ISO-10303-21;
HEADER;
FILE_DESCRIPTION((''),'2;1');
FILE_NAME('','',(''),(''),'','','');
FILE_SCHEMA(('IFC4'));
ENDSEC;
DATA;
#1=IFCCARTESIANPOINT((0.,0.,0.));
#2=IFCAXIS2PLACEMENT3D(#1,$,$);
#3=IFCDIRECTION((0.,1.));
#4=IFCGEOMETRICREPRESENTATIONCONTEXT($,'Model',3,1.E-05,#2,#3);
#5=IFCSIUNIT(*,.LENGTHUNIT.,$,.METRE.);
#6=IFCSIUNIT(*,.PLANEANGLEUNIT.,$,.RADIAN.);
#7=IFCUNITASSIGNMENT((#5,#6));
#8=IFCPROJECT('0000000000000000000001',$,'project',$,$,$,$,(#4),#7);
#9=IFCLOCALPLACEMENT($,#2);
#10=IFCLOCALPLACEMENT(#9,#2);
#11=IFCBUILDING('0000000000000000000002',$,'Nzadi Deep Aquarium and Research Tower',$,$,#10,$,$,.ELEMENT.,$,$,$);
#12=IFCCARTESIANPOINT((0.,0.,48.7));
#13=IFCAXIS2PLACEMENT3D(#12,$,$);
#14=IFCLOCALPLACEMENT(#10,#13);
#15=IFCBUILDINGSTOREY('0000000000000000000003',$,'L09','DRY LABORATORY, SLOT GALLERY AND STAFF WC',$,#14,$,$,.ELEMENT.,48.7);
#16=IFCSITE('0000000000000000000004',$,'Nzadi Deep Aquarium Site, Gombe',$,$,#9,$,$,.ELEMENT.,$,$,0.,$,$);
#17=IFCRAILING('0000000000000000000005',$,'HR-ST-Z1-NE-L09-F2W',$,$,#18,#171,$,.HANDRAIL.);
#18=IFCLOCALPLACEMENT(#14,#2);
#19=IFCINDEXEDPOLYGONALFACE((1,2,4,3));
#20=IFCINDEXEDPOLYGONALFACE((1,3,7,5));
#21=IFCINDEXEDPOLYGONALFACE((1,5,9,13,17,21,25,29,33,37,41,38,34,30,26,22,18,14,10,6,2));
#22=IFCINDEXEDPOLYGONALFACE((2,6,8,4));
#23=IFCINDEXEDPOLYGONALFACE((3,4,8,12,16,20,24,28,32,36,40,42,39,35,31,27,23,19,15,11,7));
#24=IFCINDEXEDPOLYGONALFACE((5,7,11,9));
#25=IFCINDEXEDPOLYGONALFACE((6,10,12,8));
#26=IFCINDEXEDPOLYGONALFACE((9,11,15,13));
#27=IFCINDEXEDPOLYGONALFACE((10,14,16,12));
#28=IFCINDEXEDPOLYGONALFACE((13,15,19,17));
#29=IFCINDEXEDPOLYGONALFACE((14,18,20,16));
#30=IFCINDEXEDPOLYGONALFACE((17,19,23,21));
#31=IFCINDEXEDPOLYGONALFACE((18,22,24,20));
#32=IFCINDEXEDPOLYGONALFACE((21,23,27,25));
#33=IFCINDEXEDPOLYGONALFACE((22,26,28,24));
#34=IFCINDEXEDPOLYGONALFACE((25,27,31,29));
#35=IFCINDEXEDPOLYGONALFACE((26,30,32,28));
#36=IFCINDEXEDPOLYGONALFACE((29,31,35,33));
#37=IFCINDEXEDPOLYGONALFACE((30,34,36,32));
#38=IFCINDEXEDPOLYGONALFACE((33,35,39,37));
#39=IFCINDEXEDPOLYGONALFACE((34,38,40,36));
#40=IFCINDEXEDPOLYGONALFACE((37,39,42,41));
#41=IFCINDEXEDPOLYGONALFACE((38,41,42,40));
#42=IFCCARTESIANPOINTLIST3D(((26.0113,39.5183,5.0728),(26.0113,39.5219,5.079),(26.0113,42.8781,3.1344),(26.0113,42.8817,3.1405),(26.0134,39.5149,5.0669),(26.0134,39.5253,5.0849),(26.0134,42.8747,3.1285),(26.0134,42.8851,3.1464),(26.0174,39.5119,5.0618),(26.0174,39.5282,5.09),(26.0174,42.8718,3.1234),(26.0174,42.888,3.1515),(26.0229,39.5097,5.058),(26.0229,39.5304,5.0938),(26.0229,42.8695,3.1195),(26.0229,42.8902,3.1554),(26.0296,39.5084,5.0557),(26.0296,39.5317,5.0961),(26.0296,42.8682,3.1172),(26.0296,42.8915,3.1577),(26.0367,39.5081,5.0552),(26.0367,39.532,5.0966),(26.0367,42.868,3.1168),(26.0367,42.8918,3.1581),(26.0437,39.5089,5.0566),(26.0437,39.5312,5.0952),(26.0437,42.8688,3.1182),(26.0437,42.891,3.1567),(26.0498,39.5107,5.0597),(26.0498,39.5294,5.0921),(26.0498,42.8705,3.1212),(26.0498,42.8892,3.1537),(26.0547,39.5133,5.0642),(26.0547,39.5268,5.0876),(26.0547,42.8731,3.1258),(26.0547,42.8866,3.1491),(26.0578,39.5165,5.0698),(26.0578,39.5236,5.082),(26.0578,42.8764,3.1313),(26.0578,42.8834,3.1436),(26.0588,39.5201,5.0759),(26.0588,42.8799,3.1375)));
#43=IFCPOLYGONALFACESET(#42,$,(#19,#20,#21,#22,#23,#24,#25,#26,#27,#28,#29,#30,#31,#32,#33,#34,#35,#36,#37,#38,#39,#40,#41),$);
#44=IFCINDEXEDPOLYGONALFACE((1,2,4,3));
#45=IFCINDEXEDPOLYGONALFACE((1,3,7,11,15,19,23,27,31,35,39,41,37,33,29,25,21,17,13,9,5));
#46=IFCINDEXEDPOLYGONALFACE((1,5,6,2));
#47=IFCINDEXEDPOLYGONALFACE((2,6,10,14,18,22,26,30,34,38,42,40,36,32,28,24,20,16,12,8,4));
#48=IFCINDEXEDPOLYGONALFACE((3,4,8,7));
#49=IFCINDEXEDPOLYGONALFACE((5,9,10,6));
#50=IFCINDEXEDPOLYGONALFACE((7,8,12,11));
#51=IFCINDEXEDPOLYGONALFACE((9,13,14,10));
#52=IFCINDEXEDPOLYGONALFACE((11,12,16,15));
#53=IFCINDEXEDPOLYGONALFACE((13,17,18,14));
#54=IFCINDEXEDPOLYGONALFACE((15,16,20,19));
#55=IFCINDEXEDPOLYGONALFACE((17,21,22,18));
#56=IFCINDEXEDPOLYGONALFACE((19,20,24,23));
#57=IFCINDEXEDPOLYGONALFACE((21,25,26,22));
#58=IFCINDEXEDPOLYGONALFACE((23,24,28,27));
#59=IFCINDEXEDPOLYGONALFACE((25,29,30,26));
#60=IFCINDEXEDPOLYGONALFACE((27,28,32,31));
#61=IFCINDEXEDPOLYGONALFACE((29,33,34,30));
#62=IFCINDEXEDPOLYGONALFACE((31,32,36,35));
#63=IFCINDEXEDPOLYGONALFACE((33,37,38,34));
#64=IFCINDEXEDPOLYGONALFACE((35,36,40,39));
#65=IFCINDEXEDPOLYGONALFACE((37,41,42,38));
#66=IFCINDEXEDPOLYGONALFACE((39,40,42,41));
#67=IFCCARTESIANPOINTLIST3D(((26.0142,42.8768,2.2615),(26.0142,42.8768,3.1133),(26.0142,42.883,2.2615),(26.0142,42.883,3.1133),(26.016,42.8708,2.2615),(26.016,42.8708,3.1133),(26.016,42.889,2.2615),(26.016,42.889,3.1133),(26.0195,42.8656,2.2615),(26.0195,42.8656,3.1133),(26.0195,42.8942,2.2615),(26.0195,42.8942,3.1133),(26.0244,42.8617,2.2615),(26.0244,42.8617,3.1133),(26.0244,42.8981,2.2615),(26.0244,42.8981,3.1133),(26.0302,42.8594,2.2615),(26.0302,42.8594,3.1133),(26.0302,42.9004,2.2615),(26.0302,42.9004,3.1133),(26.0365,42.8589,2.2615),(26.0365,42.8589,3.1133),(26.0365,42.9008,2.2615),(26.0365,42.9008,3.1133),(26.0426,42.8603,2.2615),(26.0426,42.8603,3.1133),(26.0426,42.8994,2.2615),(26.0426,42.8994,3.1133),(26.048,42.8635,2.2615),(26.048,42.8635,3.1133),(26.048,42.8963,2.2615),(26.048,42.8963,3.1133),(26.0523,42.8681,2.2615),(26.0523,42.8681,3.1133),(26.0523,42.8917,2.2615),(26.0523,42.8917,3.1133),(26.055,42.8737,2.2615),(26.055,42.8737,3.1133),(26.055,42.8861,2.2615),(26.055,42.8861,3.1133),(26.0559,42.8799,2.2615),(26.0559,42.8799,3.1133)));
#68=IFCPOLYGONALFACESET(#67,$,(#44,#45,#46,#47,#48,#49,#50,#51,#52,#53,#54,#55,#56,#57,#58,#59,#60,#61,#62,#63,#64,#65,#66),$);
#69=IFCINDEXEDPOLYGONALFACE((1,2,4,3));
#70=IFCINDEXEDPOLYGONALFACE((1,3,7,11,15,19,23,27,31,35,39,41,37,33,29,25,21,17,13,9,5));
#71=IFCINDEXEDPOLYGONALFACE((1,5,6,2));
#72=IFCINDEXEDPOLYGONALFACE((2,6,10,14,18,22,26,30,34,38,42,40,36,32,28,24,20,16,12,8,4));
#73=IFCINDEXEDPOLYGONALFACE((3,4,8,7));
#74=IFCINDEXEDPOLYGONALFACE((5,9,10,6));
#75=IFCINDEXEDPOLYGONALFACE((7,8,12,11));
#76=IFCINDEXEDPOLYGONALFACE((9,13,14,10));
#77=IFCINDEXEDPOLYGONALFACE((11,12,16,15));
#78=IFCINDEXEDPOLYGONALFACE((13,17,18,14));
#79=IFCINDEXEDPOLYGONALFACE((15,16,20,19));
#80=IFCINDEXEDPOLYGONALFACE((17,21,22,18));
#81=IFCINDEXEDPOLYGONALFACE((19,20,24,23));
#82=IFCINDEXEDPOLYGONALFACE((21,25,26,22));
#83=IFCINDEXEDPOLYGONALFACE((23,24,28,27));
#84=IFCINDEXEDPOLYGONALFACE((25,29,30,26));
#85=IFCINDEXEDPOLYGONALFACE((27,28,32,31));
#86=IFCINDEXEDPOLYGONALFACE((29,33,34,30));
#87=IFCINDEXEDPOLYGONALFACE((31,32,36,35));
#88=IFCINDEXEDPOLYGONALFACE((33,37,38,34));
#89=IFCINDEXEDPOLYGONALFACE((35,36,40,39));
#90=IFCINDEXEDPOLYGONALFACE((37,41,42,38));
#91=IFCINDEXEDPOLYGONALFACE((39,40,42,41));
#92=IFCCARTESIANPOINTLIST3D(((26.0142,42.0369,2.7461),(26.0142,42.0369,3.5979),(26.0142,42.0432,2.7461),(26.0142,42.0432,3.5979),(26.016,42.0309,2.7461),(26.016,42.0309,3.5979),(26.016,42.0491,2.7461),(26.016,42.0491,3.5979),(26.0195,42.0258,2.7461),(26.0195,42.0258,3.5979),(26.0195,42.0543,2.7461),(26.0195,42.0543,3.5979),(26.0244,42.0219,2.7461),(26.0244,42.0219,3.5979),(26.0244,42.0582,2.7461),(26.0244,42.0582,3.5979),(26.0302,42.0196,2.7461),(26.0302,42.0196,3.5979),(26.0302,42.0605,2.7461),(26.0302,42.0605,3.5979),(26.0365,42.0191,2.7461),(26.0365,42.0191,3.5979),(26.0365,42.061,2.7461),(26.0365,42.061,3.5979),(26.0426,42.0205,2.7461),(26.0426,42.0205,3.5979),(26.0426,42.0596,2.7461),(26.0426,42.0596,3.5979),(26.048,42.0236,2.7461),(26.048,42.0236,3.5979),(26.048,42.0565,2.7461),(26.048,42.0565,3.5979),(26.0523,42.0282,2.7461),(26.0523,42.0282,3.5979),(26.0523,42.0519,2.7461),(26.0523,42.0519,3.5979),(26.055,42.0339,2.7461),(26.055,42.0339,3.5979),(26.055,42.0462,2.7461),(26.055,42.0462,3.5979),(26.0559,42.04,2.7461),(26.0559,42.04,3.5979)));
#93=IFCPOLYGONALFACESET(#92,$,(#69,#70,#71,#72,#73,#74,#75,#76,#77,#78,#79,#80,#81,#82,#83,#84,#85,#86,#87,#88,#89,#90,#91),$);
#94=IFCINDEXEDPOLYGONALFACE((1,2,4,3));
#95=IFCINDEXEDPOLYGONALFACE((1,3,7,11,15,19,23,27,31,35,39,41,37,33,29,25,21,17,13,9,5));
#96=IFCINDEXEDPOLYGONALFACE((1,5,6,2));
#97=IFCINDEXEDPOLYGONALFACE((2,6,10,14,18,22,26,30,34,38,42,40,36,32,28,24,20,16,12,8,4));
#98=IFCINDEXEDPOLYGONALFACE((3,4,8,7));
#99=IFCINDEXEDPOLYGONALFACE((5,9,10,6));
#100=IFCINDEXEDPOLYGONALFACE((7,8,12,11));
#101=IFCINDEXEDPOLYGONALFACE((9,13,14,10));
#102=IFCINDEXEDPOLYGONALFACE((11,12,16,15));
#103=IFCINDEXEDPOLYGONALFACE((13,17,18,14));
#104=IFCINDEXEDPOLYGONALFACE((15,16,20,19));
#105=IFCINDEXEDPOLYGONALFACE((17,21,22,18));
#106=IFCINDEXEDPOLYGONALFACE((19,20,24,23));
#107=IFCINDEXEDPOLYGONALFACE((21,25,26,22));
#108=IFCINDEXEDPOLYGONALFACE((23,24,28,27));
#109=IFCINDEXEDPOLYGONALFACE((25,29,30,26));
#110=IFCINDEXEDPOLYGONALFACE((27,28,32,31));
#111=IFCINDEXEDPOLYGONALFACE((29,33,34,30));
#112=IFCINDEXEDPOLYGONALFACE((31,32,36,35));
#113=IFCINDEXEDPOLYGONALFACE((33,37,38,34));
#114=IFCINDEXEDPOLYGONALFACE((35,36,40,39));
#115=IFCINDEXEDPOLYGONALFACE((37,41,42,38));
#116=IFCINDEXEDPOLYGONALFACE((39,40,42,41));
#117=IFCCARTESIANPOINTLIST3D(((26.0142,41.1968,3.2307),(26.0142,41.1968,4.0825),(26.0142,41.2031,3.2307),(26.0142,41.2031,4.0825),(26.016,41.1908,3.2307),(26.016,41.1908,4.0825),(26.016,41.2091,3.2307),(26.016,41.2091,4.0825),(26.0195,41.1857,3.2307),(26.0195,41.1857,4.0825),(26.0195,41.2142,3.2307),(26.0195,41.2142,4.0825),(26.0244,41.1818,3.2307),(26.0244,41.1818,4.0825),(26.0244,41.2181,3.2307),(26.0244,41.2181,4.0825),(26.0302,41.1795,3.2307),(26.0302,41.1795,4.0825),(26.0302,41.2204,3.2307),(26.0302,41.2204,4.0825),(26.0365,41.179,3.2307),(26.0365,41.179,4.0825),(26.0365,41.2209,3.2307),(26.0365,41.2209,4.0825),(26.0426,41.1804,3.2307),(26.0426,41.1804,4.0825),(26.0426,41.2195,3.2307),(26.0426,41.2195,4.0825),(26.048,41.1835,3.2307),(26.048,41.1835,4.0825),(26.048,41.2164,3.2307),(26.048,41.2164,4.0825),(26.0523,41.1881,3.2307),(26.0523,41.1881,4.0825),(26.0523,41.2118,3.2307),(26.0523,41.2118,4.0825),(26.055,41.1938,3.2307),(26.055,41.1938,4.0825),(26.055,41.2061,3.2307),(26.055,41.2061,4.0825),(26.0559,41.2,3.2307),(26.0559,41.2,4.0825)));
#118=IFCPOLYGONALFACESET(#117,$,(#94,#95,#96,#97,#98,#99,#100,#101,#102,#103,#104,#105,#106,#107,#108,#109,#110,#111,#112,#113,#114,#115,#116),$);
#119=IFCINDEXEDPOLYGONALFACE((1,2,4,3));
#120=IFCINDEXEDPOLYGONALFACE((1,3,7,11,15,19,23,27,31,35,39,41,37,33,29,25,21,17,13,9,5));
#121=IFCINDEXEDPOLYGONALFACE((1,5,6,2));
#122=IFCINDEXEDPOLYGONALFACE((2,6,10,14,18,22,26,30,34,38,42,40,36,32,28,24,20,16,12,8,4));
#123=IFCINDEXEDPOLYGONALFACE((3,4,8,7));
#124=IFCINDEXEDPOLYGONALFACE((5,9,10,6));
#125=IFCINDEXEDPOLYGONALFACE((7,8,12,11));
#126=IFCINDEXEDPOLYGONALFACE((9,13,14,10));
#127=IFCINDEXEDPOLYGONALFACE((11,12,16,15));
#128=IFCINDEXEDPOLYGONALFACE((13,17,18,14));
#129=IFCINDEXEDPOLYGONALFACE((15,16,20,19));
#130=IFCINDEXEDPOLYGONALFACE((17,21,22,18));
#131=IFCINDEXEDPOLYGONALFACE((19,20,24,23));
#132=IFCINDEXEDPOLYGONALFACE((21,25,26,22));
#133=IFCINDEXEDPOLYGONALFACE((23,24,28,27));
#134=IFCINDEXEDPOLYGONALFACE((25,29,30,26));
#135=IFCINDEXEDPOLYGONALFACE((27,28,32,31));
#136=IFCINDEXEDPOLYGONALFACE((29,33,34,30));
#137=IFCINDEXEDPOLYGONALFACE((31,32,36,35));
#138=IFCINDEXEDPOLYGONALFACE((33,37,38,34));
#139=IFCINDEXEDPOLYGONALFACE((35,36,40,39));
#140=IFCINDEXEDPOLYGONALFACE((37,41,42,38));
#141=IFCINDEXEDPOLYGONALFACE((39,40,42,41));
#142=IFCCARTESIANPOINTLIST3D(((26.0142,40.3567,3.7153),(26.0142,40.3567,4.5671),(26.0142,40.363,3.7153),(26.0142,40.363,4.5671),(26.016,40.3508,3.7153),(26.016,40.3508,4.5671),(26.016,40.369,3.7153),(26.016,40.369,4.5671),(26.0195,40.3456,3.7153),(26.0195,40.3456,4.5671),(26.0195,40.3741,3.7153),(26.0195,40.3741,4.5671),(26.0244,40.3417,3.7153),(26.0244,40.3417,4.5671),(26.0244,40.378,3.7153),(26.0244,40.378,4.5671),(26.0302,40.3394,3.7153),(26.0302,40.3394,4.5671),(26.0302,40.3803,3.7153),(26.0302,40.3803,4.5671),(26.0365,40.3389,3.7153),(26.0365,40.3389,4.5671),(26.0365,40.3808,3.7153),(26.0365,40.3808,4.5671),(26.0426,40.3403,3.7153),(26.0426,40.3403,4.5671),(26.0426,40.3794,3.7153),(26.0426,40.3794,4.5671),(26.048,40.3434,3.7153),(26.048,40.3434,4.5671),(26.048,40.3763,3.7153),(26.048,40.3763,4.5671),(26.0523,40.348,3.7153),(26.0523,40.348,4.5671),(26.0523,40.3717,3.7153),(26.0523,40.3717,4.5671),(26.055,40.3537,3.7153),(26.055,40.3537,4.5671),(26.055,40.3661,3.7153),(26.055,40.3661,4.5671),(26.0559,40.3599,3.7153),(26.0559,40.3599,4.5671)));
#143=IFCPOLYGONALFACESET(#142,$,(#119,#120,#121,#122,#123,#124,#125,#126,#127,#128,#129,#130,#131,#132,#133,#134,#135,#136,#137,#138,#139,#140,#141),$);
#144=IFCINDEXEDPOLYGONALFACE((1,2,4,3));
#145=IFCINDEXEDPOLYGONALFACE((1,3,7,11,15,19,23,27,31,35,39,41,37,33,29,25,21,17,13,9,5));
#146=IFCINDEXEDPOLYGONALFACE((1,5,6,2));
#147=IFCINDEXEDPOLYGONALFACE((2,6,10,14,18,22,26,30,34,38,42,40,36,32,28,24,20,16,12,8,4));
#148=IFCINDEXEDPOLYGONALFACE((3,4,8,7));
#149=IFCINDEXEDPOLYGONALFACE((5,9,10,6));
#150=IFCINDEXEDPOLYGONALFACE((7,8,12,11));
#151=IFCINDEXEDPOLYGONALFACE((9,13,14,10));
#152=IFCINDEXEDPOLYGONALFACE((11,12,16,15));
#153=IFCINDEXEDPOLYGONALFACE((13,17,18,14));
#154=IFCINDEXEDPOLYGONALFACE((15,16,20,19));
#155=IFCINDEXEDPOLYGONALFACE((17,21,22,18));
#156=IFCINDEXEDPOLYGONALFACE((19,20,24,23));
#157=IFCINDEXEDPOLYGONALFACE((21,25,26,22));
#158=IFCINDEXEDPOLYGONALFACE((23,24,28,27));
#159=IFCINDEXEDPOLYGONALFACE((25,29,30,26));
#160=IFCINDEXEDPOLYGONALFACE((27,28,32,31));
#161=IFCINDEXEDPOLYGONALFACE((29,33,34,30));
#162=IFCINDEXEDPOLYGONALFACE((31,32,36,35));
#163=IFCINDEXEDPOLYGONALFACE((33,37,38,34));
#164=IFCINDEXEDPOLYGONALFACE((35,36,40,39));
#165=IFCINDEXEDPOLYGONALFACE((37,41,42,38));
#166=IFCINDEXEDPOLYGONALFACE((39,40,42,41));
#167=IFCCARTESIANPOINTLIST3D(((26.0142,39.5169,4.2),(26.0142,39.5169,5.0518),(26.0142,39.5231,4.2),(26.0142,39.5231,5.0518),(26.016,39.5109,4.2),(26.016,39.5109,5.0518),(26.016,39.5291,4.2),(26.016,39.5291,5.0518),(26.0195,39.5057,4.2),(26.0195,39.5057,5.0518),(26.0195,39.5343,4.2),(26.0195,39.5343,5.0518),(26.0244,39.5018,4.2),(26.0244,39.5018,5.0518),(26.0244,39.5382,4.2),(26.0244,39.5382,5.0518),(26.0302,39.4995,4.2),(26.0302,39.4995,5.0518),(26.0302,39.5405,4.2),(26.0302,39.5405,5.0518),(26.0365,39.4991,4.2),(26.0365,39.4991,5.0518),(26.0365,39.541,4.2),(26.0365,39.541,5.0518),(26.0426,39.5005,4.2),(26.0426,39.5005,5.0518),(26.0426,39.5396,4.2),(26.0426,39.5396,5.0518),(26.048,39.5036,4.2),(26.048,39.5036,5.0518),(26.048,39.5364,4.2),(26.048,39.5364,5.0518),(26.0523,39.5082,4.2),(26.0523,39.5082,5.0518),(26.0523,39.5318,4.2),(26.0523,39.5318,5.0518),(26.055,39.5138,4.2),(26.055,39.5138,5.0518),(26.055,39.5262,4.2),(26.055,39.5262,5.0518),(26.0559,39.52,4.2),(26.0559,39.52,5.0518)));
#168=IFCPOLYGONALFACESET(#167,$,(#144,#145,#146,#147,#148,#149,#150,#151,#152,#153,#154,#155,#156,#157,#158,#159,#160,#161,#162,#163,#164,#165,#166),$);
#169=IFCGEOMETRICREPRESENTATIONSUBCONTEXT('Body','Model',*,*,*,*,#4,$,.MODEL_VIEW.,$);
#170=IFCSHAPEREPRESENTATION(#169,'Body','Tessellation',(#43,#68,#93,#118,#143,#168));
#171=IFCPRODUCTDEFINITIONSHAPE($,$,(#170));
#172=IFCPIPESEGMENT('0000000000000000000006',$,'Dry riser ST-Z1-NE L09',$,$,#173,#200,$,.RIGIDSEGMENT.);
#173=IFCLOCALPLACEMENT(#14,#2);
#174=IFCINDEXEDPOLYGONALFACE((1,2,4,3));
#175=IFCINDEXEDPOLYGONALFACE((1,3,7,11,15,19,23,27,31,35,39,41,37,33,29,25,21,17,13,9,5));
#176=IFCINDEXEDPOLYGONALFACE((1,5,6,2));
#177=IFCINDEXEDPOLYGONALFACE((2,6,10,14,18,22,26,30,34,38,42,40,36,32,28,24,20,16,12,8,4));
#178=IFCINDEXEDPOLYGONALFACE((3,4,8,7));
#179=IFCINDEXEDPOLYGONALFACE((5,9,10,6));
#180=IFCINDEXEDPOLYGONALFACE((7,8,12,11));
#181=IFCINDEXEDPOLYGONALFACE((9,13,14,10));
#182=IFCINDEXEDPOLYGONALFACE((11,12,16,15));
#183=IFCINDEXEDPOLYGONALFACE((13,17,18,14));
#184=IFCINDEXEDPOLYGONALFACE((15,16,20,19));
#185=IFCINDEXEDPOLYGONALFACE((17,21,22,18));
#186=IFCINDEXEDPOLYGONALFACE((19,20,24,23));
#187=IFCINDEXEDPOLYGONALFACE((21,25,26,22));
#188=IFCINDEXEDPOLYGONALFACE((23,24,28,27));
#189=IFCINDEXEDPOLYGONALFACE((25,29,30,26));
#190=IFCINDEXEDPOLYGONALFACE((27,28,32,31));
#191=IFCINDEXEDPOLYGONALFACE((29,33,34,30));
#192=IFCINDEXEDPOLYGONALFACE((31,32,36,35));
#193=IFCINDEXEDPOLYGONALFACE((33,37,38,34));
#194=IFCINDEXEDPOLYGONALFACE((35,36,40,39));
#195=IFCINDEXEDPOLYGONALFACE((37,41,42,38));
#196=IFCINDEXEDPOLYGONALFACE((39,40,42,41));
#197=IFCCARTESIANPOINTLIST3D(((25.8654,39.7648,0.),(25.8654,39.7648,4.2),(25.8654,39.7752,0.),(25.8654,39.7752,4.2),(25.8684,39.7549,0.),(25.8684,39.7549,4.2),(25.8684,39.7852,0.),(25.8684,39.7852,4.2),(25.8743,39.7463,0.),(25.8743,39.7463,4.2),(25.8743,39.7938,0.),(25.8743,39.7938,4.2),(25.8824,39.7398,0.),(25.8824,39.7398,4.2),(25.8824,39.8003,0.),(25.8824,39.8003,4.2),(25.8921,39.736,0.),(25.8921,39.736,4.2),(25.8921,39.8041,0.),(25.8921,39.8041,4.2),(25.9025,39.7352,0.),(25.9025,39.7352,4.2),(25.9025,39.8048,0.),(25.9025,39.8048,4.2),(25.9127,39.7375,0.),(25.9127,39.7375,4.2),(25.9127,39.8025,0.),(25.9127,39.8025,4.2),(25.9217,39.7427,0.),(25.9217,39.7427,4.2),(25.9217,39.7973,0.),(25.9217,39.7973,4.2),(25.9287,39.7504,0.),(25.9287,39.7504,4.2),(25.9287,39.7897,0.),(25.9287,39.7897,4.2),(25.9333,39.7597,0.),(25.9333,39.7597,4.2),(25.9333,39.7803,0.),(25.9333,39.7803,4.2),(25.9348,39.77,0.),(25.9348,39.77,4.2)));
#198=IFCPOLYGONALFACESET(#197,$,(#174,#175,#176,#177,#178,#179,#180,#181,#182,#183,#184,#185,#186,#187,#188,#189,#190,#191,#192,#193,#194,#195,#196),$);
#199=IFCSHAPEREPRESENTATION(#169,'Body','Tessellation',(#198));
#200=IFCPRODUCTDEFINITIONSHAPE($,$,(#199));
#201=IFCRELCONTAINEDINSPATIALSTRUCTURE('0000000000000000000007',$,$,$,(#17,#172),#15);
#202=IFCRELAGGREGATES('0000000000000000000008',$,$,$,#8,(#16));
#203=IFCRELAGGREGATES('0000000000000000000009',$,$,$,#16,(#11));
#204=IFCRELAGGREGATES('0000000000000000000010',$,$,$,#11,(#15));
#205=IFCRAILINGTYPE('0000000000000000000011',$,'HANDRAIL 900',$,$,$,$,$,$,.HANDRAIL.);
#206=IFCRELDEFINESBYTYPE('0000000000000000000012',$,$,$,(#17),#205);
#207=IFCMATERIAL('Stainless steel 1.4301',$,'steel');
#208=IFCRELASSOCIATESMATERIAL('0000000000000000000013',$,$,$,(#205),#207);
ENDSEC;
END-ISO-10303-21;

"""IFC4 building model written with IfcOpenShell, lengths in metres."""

from ifc_helpers import new_model, si_unit, direction, frame, origin, origin_2d, place, context, subcontext, project, spatial, circle, extrude, material, type_object, element, save


model = new_model("IFC4")

# Units and contexts
model_context = context("Model", 3, precision=1e-05, world=origin(), true_north=direction((0.0, 1.0)))
body_context = subcontext(model_context, "Body", "Model", "MODEL_VIEW")
ifc_project = project(units=[si_unit("LENGTHUNIT", "METRE"), si_unit("PLANEANGLEUNIT", "RADIAN")], contexts=[model_context])

# Site, building, storey
site_placement = place(None, origin())
site = spatial("IfcSite", under=ifc_project, at=site_placement, Name="Nzadi Deep Aquarium Site, Gombe", CompositionType="ELEMENT", RefElevation=0.0)
building_placement = place(site_placement, origin())
building = spatial("IfcBuilding", under=site, at=building_placement, Name="Nzadi Deep Aquarium and Research Tower", CompositionType="ELEMENT")
storey_placement = place(building_placement, frame((0.0, 0.0, 48.7)))
storey = spatial("IfcBuildingStorey", under=building, at=storey_placement, Name="L09", Description="DRY LABORATORY, SLOT GALLERY AND STAFF WC", CompositionType="ELEMENT", Elevation=48.7)

# Railing
ifc_material_1 = material(Name="Stainless steel 1.4301", Category="steel")
railing_type = type_object("IfcRailingType", Name="HANDRAIL 900", PredefinedType="HANDRAIL", material=ifc_material_1)
for number, where, name in (
    (1, (26.0349, 42.8799, 2.2615), "HR-ST-Z1-NE-L09-F2W"),
):
    element("IfcRailing", number, at=place(storey_placement, frame(where)), inside=storey, type_object=railing_type, Name=name, PredefinedType="HANDRAIL", context=body_context, shape_type="SweptSolid", body=[
        extrude(circle(Radius=0.0239, at=origin_2d()), frame((0.0, 0.0, 0.876), z_axis=(0.0, -0.866175, 0.499741), x_axis=(1.0, 0.0, 0.0)), (0.0, 0.0, 1.0), 3.8789),
        extrude(circle(Radius=0.021, at=origin_2d()), origin(), (0.0, 0.0, 1.0), 0.8518),
        extrude(circle(Radius=0.021, at=origin_2d()), frame((0.0, -0.8398, 0.4846)), (0.0, 0.0, 1.0), 0.8518),
        extrude(circle(Radius=0.021, at=origin_2d()), frame((0.0, -1.6799, 0.9692)), (0.0, 0.0, 1.0), 0.8518),
        extrude(circle(Radius=0.021, at=origin_2d()), frame((0.0, -2.52, 1.4539)), (0.0, 0.0, 1.0), 0.8518),
        extrude(circle(Radius=0.021, at=origin_2d()), frame((0.0, -3.3599, 1.9385)), (0.0, 0.0, 1.0), 0.8518),
    ])

# Pipe segment
pipe_segment_placement = place(storey_placement, frame((25.8999, 39.77, 0.0), z_axis=(0.0, 0.0, 1.0), x_axis=(1.0, 0.0, 0.0)))
element("IfcPipeSegment", 2, at=pipe_segment_placement, inside=storey, Name="Dry riser ST-Z1-NE L09", PredefinedType="RIGIDSEGMENT", context=body_context, shape_type="SweptSolid", body=[
    extrude(circle(Radius=0.0349, at=origin_2d()), origin(), (0.0, 0.0, 1.0), 4.2),
])

save(model, "model.ifc")
